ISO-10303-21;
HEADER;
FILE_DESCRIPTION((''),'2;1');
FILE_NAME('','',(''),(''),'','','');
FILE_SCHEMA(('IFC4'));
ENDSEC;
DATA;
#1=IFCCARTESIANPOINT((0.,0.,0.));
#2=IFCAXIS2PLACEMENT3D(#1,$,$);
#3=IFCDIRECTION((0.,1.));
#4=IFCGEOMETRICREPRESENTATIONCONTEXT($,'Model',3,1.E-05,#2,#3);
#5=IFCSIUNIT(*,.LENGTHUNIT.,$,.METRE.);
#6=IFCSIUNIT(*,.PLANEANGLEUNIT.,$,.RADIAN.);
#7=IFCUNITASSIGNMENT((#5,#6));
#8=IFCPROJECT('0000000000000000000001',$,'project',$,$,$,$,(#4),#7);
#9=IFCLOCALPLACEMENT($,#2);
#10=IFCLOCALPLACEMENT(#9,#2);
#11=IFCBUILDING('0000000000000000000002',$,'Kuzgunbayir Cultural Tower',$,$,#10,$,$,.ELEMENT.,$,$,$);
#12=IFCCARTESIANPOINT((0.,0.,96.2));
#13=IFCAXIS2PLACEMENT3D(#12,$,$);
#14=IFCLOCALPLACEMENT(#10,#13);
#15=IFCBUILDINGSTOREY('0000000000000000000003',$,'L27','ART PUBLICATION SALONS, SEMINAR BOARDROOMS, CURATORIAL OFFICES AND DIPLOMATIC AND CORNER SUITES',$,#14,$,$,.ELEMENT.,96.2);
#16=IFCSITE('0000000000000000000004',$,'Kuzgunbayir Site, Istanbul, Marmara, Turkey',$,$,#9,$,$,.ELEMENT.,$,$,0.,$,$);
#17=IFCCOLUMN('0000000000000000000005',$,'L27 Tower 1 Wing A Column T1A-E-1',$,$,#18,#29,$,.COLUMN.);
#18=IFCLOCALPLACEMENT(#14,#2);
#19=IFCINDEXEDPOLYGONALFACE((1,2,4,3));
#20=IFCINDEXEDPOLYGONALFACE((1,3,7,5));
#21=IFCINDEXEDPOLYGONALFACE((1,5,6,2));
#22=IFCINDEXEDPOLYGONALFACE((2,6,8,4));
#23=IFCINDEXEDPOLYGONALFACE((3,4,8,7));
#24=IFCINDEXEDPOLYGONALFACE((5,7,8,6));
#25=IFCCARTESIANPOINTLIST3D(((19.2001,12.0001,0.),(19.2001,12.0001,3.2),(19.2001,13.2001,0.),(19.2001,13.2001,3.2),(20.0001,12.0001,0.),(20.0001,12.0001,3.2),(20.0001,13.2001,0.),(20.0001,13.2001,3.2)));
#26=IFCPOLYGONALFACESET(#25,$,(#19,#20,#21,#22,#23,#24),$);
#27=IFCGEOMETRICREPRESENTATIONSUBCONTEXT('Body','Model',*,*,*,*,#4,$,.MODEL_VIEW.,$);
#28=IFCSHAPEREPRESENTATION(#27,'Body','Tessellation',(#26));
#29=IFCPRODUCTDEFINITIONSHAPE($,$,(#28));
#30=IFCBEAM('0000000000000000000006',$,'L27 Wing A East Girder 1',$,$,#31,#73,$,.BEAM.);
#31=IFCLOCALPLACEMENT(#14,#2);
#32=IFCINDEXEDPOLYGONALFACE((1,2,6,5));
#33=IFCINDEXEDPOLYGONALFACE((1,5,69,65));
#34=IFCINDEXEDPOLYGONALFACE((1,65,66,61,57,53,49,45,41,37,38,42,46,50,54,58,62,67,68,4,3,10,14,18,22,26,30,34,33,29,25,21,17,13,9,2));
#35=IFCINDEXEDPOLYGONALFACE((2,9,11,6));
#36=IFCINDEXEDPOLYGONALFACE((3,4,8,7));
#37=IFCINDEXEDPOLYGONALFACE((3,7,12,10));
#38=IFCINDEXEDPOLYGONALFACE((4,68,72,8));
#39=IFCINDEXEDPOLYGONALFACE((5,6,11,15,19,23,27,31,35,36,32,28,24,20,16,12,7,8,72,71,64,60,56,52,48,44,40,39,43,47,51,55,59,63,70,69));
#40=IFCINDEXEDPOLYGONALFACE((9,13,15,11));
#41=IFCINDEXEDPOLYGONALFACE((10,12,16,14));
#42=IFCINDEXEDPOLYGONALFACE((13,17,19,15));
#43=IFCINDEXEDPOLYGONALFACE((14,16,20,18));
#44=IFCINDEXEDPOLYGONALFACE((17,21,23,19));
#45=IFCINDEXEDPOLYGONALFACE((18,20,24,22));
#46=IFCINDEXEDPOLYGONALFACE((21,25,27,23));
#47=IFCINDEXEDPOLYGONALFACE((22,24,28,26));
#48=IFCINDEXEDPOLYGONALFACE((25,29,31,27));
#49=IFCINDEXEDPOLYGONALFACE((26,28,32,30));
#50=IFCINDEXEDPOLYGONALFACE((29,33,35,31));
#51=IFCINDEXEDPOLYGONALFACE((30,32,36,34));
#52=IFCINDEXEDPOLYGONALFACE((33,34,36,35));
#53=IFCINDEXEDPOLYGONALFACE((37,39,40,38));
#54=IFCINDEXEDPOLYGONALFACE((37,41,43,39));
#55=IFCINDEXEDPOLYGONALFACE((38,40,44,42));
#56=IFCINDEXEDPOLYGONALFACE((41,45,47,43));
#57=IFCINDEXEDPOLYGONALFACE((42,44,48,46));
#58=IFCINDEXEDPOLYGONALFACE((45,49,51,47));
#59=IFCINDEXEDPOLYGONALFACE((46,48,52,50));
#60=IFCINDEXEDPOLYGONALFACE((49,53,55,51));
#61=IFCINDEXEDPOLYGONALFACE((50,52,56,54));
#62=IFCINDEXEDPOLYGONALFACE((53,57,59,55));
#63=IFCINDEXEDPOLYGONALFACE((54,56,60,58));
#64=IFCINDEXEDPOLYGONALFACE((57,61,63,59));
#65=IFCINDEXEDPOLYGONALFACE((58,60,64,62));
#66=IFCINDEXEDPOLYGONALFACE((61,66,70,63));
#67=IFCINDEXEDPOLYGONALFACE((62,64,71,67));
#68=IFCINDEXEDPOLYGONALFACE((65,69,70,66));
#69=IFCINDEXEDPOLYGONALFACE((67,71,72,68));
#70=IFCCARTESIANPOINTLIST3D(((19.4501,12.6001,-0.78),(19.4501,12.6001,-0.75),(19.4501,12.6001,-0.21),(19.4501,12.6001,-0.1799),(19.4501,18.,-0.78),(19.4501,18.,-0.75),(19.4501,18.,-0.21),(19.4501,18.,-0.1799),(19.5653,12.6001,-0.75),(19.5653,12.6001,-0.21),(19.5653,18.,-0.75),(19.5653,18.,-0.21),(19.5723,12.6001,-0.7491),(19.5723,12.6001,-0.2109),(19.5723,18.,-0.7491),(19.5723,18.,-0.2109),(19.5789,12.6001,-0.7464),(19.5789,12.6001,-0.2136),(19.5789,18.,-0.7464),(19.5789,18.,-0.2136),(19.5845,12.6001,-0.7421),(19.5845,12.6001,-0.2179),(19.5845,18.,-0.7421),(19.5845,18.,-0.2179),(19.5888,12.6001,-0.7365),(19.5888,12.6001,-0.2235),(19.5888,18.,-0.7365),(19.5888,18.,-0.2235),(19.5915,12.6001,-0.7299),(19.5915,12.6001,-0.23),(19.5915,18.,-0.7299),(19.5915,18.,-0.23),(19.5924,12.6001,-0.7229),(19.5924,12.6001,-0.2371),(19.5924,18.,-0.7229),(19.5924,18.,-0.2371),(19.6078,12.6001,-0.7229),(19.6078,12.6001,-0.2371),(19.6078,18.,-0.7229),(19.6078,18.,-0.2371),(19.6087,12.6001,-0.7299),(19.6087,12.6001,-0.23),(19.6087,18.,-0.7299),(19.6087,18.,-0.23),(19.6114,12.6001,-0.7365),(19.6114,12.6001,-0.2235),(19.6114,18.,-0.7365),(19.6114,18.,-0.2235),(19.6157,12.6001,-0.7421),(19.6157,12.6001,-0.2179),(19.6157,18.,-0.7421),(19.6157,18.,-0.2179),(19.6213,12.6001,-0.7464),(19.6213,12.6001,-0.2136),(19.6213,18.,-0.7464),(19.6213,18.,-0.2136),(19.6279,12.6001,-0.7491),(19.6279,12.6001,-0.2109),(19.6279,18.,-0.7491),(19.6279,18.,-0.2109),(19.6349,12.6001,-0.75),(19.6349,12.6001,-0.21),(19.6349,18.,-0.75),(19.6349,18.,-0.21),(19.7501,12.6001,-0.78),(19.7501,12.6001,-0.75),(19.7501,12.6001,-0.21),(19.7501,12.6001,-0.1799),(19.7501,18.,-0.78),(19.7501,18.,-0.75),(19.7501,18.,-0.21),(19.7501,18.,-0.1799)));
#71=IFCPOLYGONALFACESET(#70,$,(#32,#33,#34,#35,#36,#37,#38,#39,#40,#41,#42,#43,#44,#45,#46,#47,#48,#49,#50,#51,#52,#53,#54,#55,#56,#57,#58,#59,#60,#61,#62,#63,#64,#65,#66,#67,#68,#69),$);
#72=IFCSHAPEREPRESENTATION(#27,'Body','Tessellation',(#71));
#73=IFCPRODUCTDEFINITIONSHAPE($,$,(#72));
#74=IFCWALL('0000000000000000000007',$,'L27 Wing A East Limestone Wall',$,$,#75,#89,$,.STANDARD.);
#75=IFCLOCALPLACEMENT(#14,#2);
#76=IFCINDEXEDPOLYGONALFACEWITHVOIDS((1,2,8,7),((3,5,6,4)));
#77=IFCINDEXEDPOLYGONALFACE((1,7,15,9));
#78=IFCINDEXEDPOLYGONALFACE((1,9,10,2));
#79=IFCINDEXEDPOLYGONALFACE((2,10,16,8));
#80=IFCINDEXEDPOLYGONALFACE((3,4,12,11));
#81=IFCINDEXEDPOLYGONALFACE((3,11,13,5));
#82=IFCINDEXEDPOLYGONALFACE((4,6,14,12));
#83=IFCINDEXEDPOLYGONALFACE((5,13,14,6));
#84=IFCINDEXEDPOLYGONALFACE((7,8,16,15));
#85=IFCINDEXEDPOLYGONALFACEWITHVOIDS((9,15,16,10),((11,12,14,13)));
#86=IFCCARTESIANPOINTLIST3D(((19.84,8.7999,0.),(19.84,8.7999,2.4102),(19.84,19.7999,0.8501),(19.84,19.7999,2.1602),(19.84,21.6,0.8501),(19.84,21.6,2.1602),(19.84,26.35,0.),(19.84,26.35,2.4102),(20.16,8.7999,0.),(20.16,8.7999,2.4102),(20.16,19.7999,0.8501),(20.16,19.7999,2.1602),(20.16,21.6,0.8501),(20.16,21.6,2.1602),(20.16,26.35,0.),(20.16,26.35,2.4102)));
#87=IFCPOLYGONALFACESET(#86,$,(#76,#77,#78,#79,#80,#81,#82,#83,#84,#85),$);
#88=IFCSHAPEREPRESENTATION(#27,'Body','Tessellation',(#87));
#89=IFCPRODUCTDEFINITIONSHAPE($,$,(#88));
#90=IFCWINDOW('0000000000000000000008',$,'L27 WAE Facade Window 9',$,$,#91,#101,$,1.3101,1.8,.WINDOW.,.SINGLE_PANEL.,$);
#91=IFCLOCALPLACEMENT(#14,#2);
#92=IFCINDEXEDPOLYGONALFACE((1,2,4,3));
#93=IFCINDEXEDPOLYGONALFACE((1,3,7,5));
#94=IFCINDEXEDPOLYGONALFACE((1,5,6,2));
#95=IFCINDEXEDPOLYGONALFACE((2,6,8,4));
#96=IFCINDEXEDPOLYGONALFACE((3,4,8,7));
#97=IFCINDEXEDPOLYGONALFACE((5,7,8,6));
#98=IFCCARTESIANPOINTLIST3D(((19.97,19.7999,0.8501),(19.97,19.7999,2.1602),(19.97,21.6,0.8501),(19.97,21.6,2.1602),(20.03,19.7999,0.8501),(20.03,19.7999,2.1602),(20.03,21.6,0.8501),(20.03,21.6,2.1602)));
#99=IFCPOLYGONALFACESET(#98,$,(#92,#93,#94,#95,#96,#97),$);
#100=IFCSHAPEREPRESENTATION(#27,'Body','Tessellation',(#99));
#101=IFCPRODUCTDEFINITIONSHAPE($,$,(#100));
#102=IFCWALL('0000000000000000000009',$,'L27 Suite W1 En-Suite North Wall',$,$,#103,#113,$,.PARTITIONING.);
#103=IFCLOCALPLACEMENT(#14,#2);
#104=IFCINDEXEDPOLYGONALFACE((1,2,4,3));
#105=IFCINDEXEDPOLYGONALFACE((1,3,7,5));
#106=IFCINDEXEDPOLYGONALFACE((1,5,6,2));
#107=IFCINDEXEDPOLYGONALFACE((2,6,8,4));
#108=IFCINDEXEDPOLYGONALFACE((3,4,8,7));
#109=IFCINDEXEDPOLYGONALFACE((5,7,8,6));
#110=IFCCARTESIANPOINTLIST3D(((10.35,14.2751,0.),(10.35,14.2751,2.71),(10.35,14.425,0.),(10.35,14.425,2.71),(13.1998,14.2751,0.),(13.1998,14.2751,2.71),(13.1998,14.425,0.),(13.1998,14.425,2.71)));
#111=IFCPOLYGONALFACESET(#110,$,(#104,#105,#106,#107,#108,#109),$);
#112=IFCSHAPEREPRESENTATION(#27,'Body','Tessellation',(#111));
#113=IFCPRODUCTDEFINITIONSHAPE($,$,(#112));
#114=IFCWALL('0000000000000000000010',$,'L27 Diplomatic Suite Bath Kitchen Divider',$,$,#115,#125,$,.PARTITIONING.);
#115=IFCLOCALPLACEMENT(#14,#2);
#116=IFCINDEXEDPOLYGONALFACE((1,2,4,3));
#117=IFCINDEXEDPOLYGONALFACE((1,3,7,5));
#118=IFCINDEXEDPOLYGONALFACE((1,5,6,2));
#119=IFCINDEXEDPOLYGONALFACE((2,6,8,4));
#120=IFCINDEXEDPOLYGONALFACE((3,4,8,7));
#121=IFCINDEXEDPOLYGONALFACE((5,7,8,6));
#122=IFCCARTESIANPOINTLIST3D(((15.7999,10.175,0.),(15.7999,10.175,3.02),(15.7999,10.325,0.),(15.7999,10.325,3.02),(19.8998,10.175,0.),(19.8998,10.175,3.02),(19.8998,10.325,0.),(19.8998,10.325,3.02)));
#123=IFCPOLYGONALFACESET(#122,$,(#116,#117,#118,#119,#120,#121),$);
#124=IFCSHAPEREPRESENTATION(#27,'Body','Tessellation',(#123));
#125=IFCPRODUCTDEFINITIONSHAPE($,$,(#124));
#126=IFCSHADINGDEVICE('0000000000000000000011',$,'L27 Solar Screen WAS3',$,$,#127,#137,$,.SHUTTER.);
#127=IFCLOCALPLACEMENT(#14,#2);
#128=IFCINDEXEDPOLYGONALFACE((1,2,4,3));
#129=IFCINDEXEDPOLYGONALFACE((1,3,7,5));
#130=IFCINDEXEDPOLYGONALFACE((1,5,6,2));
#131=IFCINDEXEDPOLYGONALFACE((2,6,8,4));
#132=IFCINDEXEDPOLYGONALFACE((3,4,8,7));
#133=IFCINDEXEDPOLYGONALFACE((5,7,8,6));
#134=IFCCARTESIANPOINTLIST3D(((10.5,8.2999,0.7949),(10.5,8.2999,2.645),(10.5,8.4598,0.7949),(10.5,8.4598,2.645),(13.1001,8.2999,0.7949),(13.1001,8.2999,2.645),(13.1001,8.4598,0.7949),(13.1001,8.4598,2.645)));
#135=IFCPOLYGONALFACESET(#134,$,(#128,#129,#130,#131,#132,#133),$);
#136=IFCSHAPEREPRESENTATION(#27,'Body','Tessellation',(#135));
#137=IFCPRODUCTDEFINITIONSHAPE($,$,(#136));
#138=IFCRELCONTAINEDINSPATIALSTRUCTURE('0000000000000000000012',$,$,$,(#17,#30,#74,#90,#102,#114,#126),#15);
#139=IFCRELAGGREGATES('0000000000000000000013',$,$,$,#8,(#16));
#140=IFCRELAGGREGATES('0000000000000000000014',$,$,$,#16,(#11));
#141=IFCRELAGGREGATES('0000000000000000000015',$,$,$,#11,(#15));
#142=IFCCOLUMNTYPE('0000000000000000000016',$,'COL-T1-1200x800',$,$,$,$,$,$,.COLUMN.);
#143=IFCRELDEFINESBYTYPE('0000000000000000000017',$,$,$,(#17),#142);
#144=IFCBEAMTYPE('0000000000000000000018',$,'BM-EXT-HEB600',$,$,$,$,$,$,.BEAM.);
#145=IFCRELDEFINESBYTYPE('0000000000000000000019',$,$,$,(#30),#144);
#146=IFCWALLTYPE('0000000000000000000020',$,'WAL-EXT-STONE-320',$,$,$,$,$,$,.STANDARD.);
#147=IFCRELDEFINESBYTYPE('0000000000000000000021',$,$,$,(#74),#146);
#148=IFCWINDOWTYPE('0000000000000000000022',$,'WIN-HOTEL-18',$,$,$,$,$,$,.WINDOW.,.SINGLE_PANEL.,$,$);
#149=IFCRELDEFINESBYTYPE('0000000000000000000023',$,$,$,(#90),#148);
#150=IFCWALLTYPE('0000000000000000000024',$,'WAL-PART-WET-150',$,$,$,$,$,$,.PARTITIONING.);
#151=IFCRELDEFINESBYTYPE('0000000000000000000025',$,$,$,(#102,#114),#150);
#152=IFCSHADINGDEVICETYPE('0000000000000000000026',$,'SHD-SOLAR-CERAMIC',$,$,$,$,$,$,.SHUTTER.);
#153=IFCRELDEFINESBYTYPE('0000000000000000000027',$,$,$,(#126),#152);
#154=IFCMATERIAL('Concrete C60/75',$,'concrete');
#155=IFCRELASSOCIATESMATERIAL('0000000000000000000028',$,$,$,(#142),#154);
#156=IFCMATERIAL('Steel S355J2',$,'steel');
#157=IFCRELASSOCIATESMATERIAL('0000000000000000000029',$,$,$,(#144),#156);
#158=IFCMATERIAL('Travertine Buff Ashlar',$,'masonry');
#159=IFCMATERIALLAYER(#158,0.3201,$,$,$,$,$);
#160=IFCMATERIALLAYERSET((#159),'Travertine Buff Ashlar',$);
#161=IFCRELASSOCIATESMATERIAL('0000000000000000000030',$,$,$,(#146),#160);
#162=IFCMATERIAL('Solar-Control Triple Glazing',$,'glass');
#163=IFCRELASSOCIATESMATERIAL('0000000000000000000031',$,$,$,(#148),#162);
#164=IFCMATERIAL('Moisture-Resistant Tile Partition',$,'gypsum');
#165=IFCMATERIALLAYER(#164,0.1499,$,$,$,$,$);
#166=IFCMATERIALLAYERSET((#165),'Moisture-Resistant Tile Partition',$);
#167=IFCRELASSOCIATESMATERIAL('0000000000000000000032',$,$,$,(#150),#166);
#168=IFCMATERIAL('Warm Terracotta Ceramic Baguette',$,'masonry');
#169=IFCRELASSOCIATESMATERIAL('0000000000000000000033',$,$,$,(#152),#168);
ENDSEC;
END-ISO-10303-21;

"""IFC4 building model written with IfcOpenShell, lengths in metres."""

from ifc_helpers import new_model, si_unit, direction, frame, frame_2d, origin, origin_2d, place, context, subcontext, project, spatial, rectangle, i_section, extrude, material, layer, layer_set, material_profile, profile_set, type_object, element, fill, save


model = new_model("IFC4")

# Units and contexts
model_context = context("Model", 3, precision=1e-05, world=origin(), true_north=direction((0.0, 1.0)))
body_context = subcontext(model_context, "Body", "Model", "MODEL_VIEW")
ifc_project = project(units=[si_unit("LENGTHUNIT", "METRE"), si_unit("PLANEANGLEUNIT", "RADIAN")], contexts=[model_context])

# Site, building, storey
site_placement = place(None, origin())
site = spatial("IfcSite", under=ifc_project, at=site_placement, Name="Kuzgunbayir Site, Istanbul, Marmara, Turkey", CompositionType="ELEMENT", RefElevation=0.0)
building_placement = place(site_placement, origin())
building = spatial("IfcBuilding", under=site, at=building_placement, Name="Kuzgunbayir Cultural Tower", CompositionType="ELEMENT")
storey_placement = place(building_placement, frame((0.0, 0.0, 96.2)))
storey = spatial("IfcBuildingStorey", under=building, at=storey_placement, Name="L27", Description="ART PUBLICATION SALONS, SEMINAR BOARDROOMS, CURATORIAL OFFICES AND DIPLOMATIC AND CORNER SUITES", CompositionType="ELEMENT", Elevation=96.2)

# Column
ifc_material_1 = material(Name="Concrete C60/75", Category="concrete")
ifc_material_profile_1 = material_profile(ifc_material_1, rectangle(XDim=0.8, YDim=1.2, at=origin_2d()), Name="RC 1200x800")
ifc_profile_set_1 = profile_set([ifc_material_profile_1], Name="Concrete C60/75")
column_type = type_object("IfcColumnType", Name="COL-T1-1200x800", PredefinedType="COLUMN", material=ifc_profile_set_1)
column_placement = place(storey_placement, frame((19.6001, 12.6001, 0.0), z_axis=(0.0, 0.0, 1.0), x_axis=(1.0, 0.0, 0.0)))
element("IfcColumn", 1, at=column_placement, inside=storey, type_object=column_type, Name="L27 Tower 1 Wing A Column T1A-E-1", PredefinedType="COLUMN", context=body_context, shape_type="SweptSolid", body=[
    extrude(rectangle(XDim=0.8, YDim=1.2, at=origin_2d()), origin(), (0.0, 0.0, 1.0), 3.2),
])

# Beam
ifc_material_2 = material(Name="Steel S355J2", Category="steel")
ifc_material_profile_2 = material_profile(ifc_material_2, i_section(OverallWidth=0.3, OverallDepth=0.6001, WebThickness=0.0154, FlangeThickness=0.03, FilletRadius=0.0271, at=origin_2d()), Name="HEB 600")
ifc_profile_set_2 = profile_set([ifc_material_profile_2], Name="Steel S355J2")
beam_type = type_object("IfcBeamType", Name="BM-EXT-HEB600", PredefinedType="BEAM", material=ifc_profile_set_2)
beam_placement = place(storey_placement, frame((19.6001, 12.6001, -0.48), z_axis=(0.0, 1.0, 0.0), x_axis=(-1.0, 0.0, 0.0)))
element("IfcBeam", 2, at=beam_placement, inside=storey, type_object=beam_type, Name="L27 Wing A East Girder 1", PredefinedType="BEAM", context=body_context, shape_type="SweptSolid", body=[
    extrude(i_section(OverallWidth=0.3, OverallDepth=0.6001, WebThickness=0.0154, FlangeThickness=0.03, FilletRadius=0.0271, at=origin_2d()), origin(), (0.0, 0.0, 1.0), 5.3999),
])

# Wall, opening, window
ifc_material_3 = material(Name="Travertine Buff Ashlar", Category="masonry")
ifc_layer_1 = layer(ifc_material_3, 0.3201)
ifc_layer_set_1 = layer_set([ifc_layer_1], Name="Travertine Buff Ashlar")
wall_type_1 = type_object("IfcWallType", Name="WAL-EXT-STONE-320", PredefinedType="STANDARD", material=ifc_layer_set_1)
wall_1_placement = place(storey_placement, frame((20.0, 8.8, 0.0), z_axis=(0.0, 0.0, 1.0), x_axis=(0.0, 1.0, 0.0)))
wall_1 = element("IfcWall", 3, at=wall_1_placement, inside=storey, type_object=wall_type_1, Name="L27 Wing A East Limestone Wall", PredefinedType="STANDARD", context=body_context, shape_type="SweptSolid", body=[
    extrude(rectangle(XDim=17.55, YDim=0.3201, at=frame_2d((8.7749, 0.0))), origin(), (0.0, 0.0, 1.0), 2.4102),
])
opening_1_placement = place(wall_1_placement, frame((11.0, 0.0, 0.8501)))
opening_1 = element("IfcOpeningElement", 4, at=opening_1_placement, cuts=wall_1, PredefinedType="OPENING", context=body_context, shape_type="SweptSolid", body=[
    extrude(rectangle(XDim=1.8, YDim=1.3101, at=frame_2d((0.8999, 0.655))), frame((0.0, 0.1699, 0.0), z_axis=(0.0, -1.0, 0.0), x_axis=(1.0, 0.0, 0.0)), (0.0, 0.0, 1.0), 0.3401),
])
ifc_material_4 = material(Name="Solar-Control Triple Glazing", Category="glass")
window_type = type_object("IfcWindowType", Name="WIN-HOTEL-18", PartitioningType="SINGLE_PANEL", PredefinedType="WINDOW", material=ifc_material_4)
window_placement = place(opening_1_placement, origin())
window = element("IfcWindow", 5, at=window_placement, inside=storey, type_object=window_type, Name="L27 WAE Facade Window 9", OverallHeight=1.3101, OverallWidth=1.8, PartitioningType="SINGLE_PANEL", PredefinedType="WINDOW", context=body_context, shape_type="SweptSolid", body=[
    extrude(rectangle(XDim=1.8, YDim=1.3101, at=frame_2d((0.8999, 0.655))), frame((0.0, 0.03, 0.0), z_axis=(0.0, -1.0, 0.0), x_axis=(1.0, 0.0, 0.0)), (0.0, 0.0, 1.0), 0.0601),
])
fill(opening_1, window)

# Wall
ifc_material_5 = material(Name="Moisture-Resistant Tile Partition", Category="gypsum")
ifc_layer_2 = layer(ifc_material_5, 0.1499)
ifc_layer_set_2 = layer_set([ifc_layer_2], Name="Moisture-Resistant Tile Partition")
wall_type_2 = type_object("IfcWallType", Name="WAL-PART-WET-150", PredefinedType="PARTITIONING", material=ifc_layer_set_2)
wall_2_placement = place(storey_placement, frame((10.3501, 14.3501, 0.0), z_axis=(0.0, 0.0, 1.0), x_axis=(1.0, 0.0, 0.0)))
element("IfcWall", 6, at=wall_2_placement, inside=storey, type_object=wall_type_2, Name="L27 Suite W1 En-Suite North Wall", PredefinedType="PARTITIONING", context=body_context, shape_type="SweptSolid", body=[
    extrude(rectangle(XDim=2.8499, YDim=0.1499, at=frame_2d((1.4248, 0.0))), origin(), (0.0, 0.0, 1.0), 2.71),
])

# Wall
wall_3_placement = place(storey_placement, frame((15.8, 10.25, 0.0), z_axis=(0.0, 0.0, 1.0), x_axis=(1.0, 0.0, 0.0)))
element("IfcWall", 7, at=wall_3_placement, inside=storey, type_object=wall_type_2, Name="L27 Diplomatic Suite Bath Kitchen Divider", PredefinedType="PARTITIONING", context=body_context, shape_type="SweptSolid", body=[
    extrude(rectangle(XDim=4.0999, YDim=0.1499, at=frame_2d((2.0498, 0.0))), origin(), (0.0, 0.0, 1.0), 3.02),
])

# Shading device
ifc_material_6 = material(Name="Warm Terracotta Ceramic Baguette", Category="masonry")
shading_device_type = type_object("IfcShadingDeviceType", Name="SHD-SOLAR-CERAMIC", PredefinedType="SHUTTER", material=ifc_material_6)
shading_device_placement = place(storey_placement, frame((11.8, 8.3799, 0.7949), z_axis=(0.0, 0.0, 1.0), x_axis=(1.0, 0.0, 0.0)))
element("IfcShadingDevice", 8, at=shading_device_placement, inside=storey, type_object=shading_device_type, Name="L27 Solar Screen WAS3", PredefinedType="SHUTTER", context=body_context, shape_type="SweptSolid", body=[
    extrude(rectangle(XDim=2.6001, YDim=0.1599, at=origin_2d()), origin(), (0.0, 0.0, 1.0), 1.8501),
])

save(model, "model.ifc")
